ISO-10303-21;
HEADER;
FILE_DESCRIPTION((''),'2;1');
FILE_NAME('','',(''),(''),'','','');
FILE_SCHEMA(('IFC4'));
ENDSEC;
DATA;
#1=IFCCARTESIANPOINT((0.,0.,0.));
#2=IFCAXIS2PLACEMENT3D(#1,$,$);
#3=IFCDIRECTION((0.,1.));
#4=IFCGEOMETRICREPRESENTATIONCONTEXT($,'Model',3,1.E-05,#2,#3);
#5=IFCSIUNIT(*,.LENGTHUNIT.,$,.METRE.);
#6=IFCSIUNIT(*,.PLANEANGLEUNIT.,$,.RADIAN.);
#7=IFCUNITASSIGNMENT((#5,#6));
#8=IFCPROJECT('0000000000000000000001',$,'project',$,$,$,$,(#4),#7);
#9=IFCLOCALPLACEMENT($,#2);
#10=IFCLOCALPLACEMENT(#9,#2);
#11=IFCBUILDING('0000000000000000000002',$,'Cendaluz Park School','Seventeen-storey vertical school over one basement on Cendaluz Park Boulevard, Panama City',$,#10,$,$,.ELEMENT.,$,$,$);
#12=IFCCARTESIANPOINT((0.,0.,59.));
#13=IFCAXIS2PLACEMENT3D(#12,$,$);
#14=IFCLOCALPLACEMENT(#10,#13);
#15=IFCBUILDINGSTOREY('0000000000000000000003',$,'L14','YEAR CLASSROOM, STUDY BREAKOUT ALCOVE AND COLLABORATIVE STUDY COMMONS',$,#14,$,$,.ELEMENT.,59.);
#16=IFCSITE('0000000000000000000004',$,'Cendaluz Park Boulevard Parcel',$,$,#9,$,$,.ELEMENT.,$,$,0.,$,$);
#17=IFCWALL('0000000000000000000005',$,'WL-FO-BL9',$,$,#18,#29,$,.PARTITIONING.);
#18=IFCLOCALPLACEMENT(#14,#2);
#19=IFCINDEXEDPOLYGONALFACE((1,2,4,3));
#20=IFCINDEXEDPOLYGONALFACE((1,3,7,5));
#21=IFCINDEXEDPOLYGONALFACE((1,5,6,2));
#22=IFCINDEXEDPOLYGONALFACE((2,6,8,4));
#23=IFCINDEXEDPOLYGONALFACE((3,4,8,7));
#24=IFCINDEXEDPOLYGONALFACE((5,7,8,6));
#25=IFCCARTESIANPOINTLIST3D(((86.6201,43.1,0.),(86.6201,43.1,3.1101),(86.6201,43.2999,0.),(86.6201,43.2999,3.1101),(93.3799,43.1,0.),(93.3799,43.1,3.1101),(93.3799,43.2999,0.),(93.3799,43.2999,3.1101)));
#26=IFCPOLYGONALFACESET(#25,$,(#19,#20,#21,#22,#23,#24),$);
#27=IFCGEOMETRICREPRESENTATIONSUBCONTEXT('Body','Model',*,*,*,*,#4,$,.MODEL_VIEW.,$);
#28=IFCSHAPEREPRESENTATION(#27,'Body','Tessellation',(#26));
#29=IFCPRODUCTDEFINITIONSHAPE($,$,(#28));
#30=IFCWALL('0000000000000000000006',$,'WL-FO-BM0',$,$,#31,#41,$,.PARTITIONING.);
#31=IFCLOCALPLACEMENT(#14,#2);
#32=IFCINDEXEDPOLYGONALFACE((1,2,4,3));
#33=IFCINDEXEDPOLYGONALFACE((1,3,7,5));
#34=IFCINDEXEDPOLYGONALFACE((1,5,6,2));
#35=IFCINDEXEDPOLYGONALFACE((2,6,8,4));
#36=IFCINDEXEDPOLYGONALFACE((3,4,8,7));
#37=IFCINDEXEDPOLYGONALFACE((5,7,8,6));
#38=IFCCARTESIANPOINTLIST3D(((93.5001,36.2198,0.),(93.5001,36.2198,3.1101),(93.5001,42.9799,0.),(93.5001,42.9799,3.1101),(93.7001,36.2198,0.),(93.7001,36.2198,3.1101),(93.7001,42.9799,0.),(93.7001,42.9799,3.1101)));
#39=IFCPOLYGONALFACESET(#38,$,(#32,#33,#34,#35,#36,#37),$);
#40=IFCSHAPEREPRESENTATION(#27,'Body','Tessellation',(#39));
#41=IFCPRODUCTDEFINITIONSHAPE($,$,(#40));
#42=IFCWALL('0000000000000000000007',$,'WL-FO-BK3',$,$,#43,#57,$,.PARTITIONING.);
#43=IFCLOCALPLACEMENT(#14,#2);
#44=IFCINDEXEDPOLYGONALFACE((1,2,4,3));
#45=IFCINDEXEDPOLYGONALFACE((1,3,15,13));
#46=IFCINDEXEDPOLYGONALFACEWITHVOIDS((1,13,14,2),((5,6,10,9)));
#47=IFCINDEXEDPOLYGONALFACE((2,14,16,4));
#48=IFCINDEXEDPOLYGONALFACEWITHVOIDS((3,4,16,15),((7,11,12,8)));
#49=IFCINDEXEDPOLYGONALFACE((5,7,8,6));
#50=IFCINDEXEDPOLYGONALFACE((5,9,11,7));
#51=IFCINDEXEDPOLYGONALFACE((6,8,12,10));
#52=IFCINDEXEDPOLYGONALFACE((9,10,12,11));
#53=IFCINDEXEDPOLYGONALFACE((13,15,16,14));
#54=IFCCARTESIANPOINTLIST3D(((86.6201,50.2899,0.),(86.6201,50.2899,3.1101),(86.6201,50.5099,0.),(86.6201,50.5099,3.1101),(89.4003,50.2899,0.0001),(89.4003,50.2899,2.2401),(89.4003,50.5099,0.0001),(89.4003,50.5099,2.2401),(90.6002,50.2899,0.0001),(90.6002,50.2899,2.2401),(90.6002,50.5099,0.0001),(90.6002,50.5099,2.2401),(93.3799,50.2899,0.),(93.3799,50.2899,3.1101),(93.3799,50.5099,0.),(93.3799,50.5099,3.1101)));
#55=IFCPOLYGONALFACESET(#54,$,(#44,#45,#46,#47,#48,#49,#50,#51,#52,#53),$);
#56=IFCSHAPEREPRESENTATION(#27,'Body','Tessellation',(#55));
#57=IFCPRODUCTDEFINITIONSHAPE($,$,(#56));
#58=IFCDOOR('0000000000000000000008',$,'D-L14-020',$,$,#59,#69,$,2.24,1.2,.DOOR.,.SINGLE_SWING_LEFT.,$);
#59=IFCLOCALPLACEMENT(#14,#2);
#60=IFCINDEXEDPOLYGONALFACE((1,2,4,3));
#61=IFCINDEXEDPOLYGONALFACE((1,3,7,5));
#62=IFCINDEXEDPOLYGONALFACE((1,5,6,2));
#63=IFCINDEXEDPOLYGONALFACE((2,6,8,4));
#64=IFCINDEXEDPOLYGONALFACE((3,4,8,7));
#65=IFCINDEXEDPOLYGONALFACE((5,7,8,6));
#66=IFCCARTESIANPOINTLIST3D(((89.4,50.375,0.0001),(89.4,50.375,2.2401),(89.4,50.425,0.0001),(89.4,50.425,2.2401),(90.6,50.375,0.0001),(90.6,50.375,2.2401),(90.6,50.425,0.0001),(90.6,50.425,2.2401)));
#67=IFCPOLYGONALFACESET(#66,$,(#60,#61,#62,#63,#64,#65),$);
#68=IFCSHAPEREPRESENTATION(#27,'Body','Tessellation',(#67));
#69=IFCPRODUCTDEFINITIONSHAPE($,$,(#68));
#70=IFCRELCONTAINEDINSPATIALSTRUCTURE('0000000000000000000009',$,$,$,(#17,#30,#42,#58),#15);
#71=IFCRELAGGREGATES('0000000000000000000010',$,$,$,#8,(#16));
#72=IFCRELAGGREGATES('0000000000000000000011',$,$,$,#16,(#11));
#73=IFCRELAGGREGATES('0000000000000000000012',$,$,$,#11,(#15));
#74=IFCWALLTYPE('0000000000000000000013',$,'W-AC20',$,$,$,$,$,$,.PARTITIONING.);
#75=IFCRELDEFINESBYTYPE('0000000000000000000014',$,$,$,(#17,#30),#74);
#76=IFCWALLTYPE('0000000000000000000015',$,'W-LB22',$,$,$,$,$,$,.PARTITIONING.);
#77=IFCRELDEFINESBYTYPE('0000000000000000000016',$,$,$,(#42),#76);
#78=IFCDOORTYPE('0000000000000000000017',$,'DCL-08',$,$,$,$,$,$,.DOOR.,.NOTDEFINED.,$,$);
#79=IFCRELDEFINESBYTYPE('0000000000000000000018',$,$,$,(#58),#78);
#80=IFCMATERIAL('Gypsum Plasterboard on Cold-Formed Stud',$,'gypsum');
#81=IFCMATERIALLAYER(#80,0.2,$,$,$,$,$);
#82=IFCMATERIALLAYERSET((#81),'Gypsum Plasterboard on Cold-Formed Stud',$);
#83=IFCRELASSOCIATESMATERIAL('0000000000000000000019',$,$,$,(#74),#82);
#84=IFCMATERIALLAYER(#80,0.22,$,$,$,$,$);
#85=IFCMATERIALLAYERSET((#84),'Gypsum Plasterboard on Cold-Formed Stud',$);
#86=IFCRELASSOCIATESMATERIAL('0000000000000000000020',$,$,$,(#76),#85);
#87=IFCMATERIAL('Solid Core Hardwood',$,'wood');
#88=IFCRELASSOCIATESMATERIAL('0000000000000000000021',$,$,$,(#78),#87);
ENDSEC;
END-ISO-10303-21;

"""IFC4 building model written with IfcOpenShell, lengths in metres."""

from ifc_helpers import new_model, si_unit, direction, frame, frame_2d, origin, place, context, subcontext, project, spatial, rectangle, extrude, material, layer, layer_set, type_object, element, fill, save


model = new_model("IFC4")

# Units and contexts
model_context = context("Model", 3, precision=1e-05, world=origin(), true_north=direction((0.0, 1.0)))
body_context = subcontext(model_context, "Body", "Model", "MODEL_VIEW")
ifc_project = project(units=[si_unit("LENGTHUNIT", "METRE"), si_unit("PLANEANGLEUNIT", "RADIAN")], contexts=[model_context])

# Site, building, storey
site_placement = place(None, origin())
site = spatial("IfcSite", under=ifc_project, at=site_placement, Name="Cendaluz Park Boulevard Parcel", CompositionType="ELEMENT", RefElevation=0.0)
building_placement = place(site_placement, origin())
building = spatial("IfcBuilding", under=site, at=building_placement, Name="Cendaluz Park School", Description="Seventeen-storey vertical school over one basement on Cendaluz Park Boulevard, Panama City", CompositionType="ELEMENT")
storey_placement = place(building_placement, frame((0.0, 0.0, 59.0)))
storey = spatial("IfcBuildingStorey", under=building, at=storey_placement, Name="L14", Description="YEAR CLASSROOM, STUDY BREAKOUT ALCOVE AND COLLABORATIVE STUDY COMMONS", CompositionType="ELEMENT", Elevation=59.0)

# Shared definitions
ifc_material_1 = material(Name="Gypsum Plasterboard on Cold-Formed Stud", Category="gypsum")
ifc_layer_1 = layer(ifc_material_1, 0.2)
ifc_layer_set_1 = layer_set([ifc_layer_1], Name="Gypsum Plasterboard on Cold-Formed Stud")
wall_type_1 = type_object("IfcWallType", Name="W-AC20", PredefinedType="PARTITIONING", material=ifc_layer_set_1)
ifc_material_2 = material(Name="Solid Core Hardwood", Category="wood")

# Walls
wall_1_placement = place(storey_placement, frame((86.6201, 43.2, 0.0), z_axis=(0.0, 0.0, 1.0), x_axis=(1.0, 0.0, 0.0)))
element("IfcWall", 1, at=wall_1_placement, inside=storey, type_object=wall_type_1, Name="WL-FO-BL9", PredefinedType="PARTITIONING", context=body_context, shape_type="SweptSolid", body=[
    extrude(rectangle(XDim=6.7598, YDim=0.2, at=frame_2d((3.3799, 0.0))), origin(), (0.0, 0.0, 1.0), 3.1101),
])
wall_2_placement = place(storey_placement, frame((93.6001, 36.22, 0.0), z_axis=(0.0, 0.0, 1.0), x_axis=(0.0, 1.0, 0.0)))
element("IfcWall", 2, at=wall_2_placement, inside=storey, type_object=wall_type_1, Name="WL-FO-BM0", PredefinedType="PARTITIONING", context=body_context, shape_type="SweptSolid", body=[
    extrude(rectangle(XDim=6.76, YDim=0.2, at=frame_2d((3.3799, 0.0))), origin(), (0.0, 0.0, 1.0), 3.1101),
])

# Wall, opening, door
ifc_layer_2 = layer(ifc_material_1, 0.22)
ifc_layer_set_2 = layer_set([ifc_layer_2], Name="Gypsum Plasterboard on Cold-Formed Stud")
wall_type_2 = type_object("IfcWallType", Name="W-LB22", PredefinedType="PARTITIONING", material=ifc_layer_set_2)
wall_3_placement = place(storey_placement, frame((86.6201, 50.3999, 0.0), z_axis=(0.0, 0.0, 1.0), x_axis=(1.0, 0.0, 0.0)))
wall_3 = element("IfcWall", 3, at=wall_3_placement, inside=storey, type_object=wall_type_2, Name="WL-FO-BK3", PredefinedType="PARTITIONING", context=body_context, shape_type="SweptSolid", body=[
    extrude(rectangle(XDim=6.7598, YDim=0.22, at=frame_2d((3.3799, 0.0))), origin(), (0.0, 0.0, 1.0), 3.1101),
])
opening_1_placement = place(wall_3_placement, frame((2.78, 0.0, 0.0)))
opening_1 = element("IfcOpeningElement", 4, at=opening_1_placement, cuts=wall_3, PredefinedType="OPENING", context=body_context, shape_type="SweptSolid", body=[
    extrude(rectangle(XDim=1.2, YDim=2.24, at=frame_2d((0.6001, 1.1201))), frame((0.0, 0.1221, 0.0), z_axis=(0.0, -1.0, 0.0), x_axis=(1.0, 0.0, 0.0)), (0.0, 0.0, 1.0), 0.2439),
])
door_type_1 = type_object("IfcDoorType", Name="DCL-08", OperationType="NOTDEFINED", PredefinedType="DOOR", material=ifc_material_2)
door_1_placement = place(opening_1_placement, frame((1.2, 0.0, 0.0), z_axis=(0.0, 0.0, 1.0), x_axis=(-1.0, 0.0, 0.0)))
door_1 = element("IfcDoor", 5, at=door_1_placement, inside=storey, type_object=door_type_1, Name="D-L14-020", OperationType="SINGLE_SWING_LEFT", OverallHeight=2.24, OverallWidth=1.2, PredefinedType="DOOR", context=body_context, shape_type="SweptSolid", body=[
    extrude(rectangle(XDim=1.2, YDim=2.24, at=frame_2d((0.6001, 1.1201))), frame((0.0, 0.0249, 0.0), z_axis=(0.0, -1.0, 0.0), x_axis=(1.0, 0.0, 0.0)), (0.0, 0.0, 1.0), 0.05),
])
fill(opening_1, door_1)

save(model, "model.ifc")
